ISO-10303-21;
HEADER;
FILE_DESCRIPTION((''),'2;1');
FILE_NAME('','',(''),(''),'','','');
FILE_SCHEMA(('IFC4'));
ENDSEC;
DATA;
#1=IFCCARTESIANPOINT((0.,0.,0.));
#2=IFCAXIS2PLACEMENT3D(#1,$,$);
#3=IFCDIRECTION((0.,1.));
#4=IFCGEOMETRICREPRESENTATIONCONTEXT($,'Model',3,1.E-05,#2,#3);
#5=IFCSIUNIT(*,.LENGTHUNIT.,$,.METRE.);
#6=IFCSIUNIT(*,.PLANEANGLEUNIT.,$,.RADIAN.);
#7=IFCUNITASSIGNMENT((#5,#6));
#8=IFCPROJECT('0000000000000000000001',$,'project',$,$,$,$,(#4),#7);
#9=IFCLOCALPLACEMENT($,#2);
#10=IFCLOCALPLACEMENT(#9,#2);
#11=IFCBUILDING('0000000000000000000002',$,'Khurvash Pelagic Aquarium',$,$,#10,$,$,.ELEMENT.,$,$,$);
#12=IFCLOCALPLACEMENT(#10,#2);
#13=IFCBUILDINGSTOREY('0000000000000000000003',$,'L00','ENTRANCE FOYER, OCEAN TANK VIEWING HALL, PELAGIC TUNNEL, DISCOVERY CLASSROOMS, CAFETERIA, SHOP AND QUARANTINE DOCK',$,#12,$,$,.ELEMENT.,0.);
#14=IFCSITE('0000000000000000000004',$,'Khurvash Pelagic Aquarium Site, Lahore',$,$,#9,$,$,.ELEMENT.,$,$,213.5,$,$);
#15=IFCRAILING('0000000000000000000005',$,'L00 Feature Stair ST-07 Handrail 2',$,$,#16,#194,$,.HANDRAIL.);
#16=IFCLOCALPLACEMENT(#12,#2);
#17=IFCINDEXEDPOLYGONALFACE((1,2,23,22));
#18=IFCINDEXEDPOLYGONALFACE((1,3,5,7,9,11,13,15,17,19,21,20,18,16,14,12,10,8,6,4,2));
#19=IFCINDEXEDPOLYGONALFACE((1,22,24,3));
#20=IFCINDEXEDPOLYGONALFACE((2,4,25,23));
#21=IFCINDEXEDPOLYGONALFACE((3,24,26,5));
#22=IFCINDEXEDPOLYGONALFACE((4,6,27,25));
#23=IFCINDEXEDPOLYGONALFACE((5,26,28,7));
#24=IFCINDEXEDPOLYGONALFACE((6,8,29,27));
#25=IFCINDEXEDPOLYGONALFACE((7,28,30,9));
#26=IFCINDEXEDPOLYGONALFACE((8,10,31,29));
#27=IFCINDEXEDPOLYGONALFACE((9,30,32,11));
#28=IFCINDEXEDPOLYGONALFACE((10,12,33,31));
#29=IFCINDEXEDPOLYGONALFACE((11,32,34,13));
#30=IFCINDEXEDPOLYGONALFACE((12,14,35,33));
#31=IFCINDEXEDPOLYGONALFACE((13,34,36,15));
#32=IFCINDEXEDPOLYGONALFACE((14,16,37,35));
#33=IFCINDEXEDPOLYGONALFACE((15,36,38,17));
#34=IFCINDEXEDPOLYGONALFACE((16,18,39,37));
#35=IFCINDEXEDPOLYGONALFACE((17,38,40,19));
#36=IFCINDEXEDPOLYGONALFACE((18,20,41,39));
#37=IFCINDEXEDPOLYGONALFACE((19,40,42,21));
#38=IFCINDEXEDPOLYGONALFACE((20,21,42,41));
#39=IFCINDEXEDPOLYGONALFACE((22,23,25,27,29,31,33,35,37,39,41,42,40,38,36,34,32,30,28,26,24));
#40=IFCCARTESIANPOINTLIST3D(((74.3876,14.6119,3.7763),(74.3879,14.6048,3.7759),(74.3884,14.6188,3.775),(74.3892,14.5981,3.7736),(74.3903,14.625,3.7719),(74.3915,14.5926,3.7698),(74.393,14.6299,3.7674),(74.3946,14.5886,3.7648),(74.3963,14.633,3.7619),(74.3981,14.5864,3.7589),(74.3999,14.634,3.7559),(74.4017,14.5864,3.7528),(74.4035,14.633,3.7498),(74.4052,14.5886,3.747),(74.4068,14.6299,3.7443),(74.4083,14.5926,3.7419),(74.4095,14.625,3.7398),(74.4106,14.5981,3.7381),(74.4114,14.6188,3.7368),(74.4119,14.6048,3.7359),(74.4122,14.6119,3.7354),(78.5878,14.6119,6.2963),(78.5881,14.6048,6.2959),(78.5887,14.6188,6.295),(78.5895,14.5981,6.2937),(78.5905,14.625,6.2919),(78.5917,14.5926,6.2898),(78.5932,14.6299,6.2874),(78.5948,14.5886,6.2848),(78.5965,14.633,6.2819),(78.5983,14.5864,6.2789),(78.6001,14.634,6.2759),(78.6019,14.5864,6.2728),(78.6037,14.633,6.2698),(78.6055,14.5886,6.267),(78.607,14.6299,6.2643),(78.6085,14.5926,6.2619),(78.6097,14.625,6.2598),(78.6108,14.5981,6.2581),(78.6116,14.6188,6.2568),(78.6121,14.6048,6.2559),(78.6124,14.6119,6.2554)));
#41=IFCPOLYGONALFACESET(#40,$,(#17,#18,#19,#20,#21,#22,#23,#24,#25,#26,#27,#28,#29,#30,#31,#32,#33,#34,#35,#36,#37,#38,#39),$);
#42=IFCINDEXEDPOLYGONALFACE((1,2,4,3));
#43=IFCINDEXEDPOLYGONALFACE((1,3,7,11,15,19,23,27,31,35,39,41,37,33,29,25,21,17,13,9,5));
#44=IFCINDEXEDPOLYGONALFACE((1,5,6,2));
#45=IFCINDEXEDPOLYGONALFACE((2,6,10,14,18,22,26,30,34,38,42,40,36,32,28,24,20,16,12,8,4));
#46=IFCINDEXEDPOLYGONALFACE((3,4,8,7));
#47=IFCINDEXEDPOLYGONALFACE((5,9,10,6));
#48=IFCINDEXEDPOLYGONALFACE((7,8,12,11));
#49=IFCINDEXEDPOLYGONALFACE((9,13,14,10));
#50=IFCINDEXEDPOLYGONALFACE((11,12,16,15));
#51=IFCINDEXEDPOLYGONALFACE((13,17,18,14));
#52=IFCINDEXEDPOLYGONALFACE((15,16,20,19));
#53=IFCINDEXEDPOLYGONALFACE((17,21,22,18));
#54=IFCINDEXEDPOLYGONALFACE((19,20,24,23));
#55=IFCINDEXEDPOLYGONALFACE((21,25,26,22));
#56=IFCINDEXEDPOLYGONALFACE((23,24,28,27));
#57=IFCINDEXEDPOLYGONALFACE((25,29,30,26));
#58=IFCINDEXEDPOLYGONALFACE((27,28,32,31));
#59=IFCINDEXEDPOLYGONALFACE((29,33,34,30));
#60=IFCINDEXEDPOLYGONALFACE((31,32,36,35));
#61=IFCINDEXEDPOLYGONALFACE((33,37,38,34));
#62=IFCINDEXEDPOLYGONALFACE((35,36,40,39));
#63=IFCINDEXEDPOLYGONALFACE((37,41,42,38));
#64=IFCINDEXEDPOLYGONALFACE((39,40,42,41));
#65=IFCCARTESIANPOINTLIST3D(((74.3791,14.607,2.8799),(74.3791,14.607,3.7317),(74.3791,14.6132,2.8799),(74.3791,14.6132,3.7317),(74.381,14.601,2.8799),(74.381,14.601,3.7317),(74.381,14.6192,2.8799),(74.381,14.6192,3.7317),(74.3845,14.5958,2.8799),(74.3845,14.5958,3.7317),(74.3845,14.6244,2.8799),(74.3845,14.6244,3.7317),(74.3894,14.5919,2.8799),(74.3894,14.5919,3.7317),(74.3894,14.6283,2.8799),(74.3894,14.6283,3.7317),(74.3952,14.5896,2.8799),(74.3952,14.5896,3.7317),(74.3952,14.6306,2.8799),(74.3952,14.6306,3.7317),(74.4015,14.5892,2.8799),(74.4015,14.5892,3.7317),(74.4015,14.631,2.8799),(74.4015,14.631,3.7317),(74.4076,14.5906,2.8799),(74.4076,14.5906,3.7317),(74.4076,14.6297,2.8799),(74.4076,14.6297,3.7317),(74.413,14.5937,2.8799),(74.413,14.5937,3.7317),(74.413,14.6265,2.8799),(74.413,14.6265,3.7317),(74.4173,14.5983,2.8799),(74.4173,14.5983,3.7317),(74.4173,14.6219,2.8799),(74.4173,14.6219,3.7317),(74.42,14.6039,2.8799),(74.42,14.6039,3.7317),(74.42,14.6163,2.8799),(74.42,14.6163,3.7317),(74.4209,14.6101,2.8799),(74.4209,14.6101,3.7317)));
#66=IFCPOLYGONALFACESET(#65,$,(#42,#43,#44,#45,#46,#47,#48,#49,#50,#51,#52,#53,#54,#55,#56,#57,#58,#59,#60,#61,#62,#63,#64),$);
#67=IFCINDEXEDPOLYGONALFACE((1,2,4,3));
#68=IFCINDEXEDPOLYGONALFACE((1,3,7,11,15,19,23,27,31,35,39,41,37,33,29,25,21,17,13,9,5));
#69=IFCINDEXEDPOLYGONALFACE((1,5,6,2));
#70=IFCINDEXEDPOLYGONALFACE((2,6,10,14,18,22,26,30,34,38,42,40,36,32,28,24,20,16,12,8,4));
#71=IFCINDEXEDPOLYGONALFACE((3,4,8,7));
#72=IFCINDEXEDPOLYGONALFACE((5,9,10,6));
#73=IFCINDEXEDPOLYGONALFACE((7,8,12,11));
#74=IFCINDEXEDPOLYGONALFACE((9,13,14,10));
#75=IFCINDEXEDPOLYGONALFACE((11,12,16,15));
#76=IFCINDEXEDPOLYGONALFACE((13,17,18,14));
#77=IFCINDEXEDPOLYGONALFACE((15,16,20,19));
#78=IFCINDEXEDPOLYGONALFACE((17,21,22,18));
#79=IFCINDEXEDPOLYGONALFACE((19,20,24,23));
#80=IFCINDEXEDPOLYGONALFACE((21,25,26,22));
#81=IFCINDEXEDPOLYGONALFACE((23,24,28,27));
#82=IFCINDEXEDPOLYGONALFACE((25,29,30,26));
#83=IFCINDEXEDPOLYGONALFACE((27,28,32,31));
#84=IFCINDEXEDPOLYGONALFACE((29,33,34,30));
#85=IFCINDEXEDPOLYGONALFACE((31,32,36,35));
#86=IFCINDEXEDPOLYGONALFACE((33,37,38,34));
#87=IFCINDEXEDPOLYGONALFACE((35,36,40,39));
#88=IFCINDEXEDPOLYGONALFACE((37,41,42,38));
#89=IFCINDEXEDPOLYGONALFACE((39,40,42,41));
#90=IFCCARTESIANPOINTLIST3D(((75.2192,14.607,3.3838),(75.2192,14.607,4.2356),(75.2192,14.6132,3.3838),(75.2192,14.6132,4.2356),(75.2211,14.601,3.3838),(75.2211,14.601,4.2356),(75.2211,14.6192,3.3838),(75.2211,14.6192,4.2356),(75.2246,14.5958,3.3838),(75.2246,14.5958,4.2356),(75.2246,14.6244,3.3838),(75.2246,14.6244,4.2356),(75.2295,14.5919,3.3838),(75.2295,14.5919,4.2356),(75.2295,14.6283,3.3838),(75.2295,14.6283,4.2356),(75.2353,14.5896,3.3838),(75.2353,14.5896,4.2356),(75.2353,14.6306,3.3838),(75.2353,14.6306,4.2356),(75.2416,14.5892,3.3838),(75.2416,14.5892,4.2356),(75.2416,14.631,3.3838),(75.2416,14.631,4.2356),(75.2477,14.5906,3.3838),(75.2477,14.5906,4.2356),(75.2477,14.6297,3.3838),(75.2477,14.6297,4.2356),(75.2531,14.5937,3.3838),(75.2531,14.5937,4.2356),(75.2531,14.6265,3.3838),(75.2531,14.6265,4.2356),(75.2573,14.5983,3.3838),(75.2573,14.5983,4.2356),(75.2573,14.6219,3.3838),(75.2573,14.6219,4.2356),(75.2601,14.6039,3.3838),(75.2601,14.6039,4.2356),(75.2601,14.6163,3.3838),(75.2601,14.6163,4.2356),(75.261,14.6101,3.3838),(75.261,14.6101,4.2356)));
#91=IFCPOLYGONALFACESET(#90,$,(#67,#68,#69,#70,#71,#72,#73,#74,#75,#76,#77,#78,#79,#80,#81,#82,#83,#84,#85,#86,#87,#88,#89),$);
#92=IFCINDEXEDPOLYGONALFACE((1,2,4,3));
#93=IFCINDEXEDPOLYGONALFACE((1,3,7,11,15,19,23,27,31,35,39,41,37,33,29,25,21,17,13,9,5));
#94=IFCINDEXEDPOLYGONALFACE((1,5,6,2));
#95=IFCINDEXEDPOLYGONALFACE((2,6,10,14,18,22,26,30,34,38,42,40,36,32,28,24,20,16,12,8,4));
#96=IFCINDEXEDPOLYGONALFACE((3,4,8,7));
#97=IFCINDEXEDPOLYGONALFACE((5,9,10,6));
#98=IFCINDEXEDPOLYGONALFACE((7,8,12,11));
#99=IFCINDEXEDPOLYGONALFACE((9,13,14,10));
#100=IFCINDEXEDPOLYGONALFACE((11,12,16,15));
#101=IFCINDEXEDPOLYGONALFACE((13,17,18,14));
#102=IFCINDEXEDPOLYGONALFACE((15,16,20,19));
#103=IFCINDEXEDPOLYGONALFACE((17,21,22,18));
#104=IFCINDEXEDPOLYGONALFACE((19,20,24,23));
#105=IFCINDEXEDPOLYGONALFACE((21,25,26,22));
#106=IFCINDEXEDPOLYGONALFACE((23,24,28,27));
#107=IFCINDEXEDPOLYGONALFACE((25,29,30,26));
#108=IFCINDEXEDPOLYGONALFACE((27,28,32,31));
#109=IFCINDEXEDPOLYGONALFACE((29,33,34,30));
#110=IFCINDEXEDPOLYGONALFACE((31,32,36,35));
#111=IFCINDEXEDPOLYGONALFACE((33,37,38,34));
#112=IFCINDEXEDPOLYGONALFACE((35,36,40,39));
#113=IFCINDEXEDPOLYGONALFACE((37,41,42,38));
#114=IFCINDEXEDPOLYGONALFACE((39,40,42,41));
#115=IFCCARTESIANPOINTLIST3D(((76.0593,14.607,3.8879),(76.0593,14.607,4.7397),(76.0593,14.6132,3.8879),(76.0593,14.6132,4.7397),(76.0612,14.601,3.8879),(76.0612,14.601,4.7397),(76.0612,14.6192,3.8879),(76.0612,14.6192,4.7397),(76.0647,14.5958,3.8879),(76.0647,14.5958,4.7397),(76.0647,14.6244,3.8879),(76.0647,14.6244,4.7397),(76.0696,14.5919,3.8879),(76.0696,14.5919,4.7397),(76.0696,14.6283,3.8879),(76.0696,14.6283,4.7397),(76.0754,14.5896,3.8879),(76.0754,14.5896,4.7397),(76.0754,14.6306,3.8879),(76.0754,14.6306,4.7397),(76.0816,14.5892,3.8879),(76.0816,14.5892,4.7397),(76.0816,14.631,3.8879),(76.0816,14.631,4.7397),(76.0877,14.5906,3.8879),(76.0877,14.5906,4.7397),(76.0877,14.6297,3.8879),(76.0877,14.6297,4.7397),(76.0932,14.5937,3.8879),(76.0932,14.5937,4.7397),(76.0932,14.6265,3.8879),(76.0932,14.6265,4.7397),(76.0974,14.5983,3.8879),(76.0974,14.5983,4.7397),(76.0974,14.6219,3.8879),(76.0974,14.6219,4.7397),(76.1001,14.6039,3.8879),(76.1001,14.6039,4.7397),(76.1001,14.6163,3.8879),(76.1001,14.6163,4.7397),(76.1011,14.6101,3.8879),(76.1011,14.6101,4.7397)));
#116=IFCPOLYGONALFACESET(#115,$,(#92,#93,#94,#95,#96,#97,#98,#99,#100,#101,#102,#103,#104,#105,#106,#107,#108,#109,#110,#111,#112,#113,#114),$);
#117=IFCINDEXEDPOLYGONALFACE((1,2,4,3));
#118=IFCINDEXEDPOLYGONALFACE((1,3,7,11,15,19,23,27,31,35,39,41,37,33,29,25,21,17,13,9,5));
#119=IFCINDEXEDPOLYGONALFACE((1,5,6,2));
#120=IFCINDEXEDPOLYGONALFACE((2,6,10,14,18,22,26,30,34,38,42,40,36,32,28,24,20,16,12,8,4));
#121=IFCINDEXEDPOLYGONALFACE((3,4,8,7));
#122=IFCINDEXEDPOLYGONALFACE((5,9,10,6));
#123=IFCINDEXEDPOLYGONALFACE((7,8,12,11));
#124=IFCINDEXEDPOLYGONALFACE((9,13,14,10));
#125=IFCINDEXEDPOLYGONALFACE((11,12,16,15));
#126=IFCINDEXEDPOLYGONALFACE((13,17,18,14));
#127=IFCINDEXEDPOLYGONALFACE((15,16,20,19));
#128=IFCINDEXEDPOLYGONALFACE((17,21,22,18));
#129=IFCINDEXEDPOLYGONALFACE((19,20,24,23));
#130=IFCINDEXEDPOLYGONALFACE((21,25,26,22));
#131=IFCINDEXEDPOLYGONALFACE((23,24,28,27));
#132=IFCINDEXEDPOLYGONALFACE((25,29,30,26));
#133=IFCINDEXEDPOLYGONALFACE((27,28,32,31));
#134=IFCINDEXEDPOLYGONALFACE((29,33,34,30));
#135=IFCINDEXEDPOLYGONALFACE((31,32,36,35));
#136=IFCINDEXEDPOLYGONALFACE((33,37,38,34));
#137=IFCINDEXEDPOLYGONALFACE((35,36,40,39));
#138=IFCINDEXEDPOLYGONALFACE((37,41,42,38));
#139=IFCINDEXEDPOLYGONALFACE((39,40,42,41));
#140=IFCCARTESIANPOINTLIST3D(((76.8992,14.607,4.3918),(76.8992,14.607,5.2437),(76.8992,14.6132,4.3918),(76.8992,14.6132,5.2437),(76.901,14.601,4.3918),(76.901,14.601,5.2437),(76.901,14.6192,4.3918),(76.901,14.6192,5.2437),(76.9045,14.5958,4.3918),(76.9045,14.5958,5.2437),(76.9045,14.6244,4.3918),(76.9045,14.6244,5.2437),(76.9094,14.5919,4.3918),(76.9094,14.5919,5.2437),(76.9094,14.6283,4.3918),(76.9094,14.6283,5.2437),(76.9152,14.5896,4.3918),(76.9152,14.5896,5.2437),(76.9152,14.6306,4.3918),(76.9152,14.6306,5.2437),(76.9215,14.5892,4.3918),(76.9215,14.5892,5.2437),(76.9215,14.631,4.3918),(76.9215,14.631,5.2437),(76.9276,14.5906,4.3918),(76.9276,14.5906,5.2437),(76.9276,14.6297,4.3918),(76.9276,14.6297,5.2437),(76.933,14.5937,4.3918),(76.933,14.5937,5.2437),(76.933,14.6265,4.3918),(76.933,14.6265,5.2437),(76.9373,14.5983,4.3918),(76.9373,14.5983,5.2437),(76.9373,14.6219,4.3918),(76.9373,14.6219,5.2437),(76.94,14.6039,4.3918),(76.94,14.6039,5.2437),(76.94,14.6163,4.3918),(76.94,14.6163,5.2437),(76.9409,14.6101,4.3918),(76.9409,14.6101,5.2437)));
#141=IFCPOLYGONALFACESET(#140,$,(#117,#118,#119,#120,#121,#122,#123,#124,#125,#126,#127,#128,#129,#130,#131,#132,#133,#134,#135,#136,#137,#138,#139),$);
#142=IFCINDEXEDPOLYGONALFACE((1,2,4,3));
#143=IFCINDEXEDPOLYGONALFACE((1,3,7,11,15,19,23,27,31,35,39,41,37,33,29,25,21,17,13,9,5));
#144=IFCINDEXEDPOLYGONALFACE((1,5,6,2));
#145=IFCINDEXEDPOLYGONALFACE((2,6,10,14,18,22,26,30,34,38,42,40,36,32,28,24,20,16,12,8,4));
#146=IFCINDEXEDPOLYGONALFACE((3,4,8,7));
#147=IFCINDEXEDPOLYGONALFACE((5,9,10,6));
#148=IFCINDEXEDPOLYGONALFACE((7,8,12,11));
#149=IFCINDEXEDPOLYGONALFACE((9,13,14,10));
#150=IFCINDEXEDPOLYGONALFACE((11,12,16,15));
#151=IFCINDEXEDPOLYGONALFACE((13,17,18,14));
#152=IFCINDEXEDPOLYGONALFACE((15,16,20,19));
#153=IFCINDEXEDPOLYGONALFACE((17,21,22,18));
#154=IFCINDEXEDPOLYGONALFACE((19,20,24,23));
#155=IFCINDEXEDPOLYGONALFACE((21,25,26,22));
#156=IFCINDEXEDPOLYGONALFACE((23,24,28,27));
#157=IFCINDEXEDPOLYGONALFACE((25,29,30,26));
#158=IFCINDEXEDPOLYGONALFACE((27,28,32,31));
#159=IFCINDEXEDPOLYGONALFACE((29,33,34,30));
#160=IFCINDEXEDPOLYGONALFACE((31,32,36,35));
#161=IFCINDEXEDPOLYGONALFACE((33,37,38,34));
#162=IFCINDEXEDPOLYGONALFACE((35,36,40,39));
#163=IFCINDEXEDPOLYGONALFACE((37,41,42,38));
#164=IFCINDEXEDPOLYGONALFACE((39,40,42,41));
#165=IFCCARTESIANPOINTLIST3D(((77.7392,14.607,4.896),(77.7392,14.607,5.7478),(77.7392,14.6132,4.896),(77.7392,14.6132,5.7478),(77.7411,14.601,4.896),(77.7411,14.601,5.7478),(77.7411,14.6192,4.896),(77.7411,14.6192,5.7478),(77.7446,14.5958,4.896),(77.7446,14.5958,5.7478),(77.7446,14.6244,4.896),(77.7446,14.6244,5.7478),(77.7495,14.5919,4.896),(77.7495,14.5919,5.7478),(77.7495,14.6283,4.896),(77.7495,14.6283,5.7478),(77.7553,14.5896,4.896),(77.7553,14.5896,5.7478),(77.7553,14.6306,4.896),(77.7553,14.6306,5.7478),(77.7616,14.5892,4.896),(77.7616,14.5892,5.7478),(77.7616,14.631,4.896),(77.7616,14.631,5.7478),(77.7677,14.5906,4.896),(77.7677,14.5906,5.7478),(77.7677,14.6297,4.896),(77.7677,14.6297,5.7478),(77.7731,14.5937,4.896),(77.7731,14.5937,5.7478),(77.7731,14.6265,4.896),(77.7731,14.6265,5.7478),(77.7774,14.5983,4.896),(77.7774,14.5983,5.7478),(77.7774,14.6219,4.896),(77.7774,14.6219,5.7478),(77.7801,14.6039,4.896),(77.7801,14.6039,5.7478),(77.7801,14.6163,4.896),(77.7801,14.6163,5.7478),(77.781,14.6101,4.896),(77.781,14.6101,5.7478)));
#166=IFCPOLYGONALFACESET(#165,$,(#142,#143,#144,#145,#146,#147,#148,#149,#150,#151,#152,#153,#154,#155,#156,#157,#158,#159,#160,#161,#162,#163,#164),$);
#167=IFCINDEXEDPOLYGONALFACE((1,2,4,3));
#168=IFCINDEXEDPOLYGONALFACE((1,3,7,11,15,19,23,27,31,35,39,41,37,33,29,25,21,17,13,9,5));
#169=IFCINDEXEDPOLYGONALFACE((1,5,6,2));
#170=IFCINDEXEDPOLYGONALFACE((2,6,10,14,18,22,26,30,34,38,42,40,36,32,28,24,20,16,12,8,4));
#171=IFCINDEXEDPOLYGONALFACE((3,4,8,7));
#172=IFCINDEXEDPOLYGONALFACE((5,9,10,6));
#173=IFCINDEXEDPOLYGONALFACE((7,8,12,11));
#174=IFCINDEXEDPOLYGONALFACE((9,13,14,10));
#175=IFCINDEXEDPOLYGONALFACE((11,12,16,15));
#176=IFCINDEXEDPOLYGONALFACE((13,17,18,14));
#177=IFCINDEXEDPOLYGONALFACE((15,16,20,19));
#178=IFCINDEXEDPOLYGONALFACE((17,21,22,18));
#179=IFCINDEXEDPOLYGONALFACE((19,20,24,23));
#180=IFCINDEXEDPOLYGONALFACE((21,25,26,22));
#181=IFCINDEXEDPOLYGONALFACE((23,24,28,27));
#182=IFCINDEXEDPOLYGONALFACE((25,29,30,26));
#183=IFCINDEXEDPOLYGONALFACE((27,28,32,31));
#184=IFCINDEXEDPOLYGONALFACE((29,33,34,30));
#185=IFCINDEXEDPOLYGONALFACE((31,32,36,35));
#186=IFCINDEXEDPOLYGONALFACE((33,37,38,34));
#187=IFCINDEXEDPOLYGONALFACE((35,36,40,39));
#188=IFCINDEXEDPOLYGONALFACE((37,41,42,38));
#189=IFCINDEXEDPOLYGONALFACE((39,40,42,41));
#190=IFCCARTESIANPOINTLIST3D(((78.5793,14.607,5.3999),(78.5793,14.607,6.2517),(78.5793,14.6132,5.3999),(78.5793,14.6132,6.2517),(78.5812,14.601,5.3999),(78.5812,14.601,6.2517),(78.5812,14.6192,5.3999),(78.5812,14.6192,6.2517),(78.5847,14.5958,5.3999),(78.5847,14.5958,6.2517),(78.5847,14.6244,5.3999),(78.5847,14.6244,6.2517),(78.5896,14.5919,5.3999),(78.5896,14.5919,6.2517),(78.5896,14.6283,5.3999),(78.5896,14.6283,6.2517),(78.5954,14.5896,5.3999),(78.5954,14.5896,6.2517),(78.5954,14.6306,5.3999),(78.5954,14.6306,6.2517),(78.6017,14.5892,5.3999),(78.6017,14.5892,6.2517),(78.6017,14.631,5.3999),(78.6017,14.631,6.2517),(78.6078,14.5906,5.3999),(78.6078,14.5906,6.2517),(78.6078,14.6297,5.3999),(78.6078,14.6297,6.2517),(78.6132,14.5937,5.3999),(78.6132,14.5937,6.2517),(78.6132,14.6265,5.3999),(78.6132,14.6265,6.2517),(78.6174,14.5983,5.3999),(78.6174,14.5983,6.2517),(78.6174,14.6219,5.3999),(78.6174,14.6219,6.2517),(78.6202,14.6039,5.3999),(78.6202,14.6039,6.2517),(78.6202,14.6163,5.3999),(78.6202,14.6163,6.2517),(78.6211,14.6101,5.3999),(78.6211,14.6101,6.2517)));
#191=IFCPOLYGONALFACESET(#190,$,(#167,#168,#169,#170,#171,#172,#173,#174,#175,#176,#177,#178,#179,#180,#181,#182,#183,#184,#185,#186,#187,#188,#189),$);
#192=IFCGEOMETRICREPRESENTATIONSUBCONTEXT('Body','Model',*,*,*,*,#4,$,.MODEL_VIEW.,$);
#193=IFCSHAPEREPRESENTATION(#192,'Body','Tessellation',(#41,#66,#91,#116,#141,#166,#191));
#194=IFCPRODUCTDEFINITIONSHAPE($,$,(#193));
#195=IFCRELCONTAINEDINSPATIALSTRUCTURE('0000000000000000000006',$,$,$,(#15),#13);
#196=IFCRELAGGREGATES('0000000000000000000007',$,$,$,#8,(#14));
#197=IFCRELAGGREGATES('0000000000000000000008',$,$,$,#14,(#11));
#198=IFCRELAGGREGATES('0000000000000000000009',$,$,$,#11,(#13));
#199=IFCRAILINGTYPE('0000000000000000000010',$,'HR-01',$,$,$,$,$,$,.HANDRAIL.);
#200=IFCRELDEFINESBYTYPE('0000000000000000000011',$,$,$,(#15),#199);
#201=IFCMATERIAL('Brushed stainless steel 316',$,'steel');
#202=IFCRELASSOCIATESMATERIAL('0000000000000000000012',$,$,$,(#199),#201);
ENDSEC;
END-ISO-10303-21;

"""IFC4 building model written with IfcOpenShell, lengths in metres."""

from ifc_helpers import new_model, si_unit, direction, frame, origin, origin_2d, place, context, subcontext, project, spatial, circle, extrude, material, type_object, element, save


model = new_model("IFC4")

# Units and contexts
model_context = context("Model", 3, precision=1e-05, world=origin(), true_north=direction((0.0, 1.0)))
body_context = subcontext(model_context, "Body", "Model", "MODEL_VIEW")
ifc_project = project(units=[si_unit("LENGTHUNIT", "METRE"), si_unit("PLANEANGLEUNIT", "RADIAN")], contexts=[model_context])

# Site, building, storey
site_placement = place(None, origin())
site = spatial("IfcSite", under=ifc_project, at=site_placement, Name="Khurvash Pelagic Aquarium Site, Lahore", CompositionType="ELEMENT", RefElevation=213.5)
building_placement = place(site_placement, origin())
building = spatial("IfcBuilding", under=site, at=building_placement, Name="Khurvash Pelagic Aquarium", CompositionType="ELEMENT")
storey_placement = place(building_placement, origin())
storey = spatial("IfcBuildingStorey", under=building, at=storey_placement, Name="L00", Description="ENTRANCE FOYER, OCEAN TANK VIEWING HALL, PELAGIC TUNNEL, DISCOVERY CLASSROOMS, CAFETERIA, SHOP AND QUARANTINE DOCK", CompositionType="ELEMENT", Elevation=0.0)

# Railing
ifc_material_1 = material(Name="Brushed stainless steel 316", Category="steel")
railing_type_1 = type_object("IfcRailingType", Name="HR-01", PredefinedType="HANDRAIL", material=ifc_material_1)
for number, where, name in (
    (1, (74.3999, 14.6101, 2.8799), "L00 Feature Stair ST-07 Handrail 2"),
):
    element("IfcRailing", number, at=place(storey_placement, frame(where)), inside=storey, type_object=railing_type_1, Name=name, PredefinedType="HANDRAIL", context=body_context, shape_type="SweptSolid", body=[
        extrude(circle(Radius=0.0239, at=origin_2d()), frame((0.0, 0.0, 0.876), z_axis=(0.857502, 0.0, 0.514481), x_axis=(0.0, 1.0, 0.0)), (0.0, 0.0, 1.0), 4.8982),
        extrude(circle(Radius=0.021, at=origin_2d()), origin(), (0.0, 0.0, 1.0), 0.8518),
        extrude(circle(Radius=0.021, at=origin_2d()), frame((0.8401, 0.0, 0.5039)), (0.0, 0.0, 1.0), 0.8518),
        extrude(circle(Radius=0.021, at=origin_2d()), frame((1.6802, 0.0, 1.0081)), (0.0, 0.0, 1.0), 0.8518),
        extrude(circle(Radius=0.021, at=origin_2d()), frame((2.52, 0.0, 1.512)), (0.0, 0.0, 1.0), 0.8518),
        extrude(circle(Radius=0.021, at=origin_2d()), frame((3.3601, 0.0, 2.0161)), (0.0, 0.0, 1.0), 0.8518),
        extrude(circle(Radius=0.021, at=origin_2d()), frame((4.2002, 0.0, 2.52)), (0.0, 0.0, 1.0), 0.8518),
    ])

save(model, "model.ifc")
